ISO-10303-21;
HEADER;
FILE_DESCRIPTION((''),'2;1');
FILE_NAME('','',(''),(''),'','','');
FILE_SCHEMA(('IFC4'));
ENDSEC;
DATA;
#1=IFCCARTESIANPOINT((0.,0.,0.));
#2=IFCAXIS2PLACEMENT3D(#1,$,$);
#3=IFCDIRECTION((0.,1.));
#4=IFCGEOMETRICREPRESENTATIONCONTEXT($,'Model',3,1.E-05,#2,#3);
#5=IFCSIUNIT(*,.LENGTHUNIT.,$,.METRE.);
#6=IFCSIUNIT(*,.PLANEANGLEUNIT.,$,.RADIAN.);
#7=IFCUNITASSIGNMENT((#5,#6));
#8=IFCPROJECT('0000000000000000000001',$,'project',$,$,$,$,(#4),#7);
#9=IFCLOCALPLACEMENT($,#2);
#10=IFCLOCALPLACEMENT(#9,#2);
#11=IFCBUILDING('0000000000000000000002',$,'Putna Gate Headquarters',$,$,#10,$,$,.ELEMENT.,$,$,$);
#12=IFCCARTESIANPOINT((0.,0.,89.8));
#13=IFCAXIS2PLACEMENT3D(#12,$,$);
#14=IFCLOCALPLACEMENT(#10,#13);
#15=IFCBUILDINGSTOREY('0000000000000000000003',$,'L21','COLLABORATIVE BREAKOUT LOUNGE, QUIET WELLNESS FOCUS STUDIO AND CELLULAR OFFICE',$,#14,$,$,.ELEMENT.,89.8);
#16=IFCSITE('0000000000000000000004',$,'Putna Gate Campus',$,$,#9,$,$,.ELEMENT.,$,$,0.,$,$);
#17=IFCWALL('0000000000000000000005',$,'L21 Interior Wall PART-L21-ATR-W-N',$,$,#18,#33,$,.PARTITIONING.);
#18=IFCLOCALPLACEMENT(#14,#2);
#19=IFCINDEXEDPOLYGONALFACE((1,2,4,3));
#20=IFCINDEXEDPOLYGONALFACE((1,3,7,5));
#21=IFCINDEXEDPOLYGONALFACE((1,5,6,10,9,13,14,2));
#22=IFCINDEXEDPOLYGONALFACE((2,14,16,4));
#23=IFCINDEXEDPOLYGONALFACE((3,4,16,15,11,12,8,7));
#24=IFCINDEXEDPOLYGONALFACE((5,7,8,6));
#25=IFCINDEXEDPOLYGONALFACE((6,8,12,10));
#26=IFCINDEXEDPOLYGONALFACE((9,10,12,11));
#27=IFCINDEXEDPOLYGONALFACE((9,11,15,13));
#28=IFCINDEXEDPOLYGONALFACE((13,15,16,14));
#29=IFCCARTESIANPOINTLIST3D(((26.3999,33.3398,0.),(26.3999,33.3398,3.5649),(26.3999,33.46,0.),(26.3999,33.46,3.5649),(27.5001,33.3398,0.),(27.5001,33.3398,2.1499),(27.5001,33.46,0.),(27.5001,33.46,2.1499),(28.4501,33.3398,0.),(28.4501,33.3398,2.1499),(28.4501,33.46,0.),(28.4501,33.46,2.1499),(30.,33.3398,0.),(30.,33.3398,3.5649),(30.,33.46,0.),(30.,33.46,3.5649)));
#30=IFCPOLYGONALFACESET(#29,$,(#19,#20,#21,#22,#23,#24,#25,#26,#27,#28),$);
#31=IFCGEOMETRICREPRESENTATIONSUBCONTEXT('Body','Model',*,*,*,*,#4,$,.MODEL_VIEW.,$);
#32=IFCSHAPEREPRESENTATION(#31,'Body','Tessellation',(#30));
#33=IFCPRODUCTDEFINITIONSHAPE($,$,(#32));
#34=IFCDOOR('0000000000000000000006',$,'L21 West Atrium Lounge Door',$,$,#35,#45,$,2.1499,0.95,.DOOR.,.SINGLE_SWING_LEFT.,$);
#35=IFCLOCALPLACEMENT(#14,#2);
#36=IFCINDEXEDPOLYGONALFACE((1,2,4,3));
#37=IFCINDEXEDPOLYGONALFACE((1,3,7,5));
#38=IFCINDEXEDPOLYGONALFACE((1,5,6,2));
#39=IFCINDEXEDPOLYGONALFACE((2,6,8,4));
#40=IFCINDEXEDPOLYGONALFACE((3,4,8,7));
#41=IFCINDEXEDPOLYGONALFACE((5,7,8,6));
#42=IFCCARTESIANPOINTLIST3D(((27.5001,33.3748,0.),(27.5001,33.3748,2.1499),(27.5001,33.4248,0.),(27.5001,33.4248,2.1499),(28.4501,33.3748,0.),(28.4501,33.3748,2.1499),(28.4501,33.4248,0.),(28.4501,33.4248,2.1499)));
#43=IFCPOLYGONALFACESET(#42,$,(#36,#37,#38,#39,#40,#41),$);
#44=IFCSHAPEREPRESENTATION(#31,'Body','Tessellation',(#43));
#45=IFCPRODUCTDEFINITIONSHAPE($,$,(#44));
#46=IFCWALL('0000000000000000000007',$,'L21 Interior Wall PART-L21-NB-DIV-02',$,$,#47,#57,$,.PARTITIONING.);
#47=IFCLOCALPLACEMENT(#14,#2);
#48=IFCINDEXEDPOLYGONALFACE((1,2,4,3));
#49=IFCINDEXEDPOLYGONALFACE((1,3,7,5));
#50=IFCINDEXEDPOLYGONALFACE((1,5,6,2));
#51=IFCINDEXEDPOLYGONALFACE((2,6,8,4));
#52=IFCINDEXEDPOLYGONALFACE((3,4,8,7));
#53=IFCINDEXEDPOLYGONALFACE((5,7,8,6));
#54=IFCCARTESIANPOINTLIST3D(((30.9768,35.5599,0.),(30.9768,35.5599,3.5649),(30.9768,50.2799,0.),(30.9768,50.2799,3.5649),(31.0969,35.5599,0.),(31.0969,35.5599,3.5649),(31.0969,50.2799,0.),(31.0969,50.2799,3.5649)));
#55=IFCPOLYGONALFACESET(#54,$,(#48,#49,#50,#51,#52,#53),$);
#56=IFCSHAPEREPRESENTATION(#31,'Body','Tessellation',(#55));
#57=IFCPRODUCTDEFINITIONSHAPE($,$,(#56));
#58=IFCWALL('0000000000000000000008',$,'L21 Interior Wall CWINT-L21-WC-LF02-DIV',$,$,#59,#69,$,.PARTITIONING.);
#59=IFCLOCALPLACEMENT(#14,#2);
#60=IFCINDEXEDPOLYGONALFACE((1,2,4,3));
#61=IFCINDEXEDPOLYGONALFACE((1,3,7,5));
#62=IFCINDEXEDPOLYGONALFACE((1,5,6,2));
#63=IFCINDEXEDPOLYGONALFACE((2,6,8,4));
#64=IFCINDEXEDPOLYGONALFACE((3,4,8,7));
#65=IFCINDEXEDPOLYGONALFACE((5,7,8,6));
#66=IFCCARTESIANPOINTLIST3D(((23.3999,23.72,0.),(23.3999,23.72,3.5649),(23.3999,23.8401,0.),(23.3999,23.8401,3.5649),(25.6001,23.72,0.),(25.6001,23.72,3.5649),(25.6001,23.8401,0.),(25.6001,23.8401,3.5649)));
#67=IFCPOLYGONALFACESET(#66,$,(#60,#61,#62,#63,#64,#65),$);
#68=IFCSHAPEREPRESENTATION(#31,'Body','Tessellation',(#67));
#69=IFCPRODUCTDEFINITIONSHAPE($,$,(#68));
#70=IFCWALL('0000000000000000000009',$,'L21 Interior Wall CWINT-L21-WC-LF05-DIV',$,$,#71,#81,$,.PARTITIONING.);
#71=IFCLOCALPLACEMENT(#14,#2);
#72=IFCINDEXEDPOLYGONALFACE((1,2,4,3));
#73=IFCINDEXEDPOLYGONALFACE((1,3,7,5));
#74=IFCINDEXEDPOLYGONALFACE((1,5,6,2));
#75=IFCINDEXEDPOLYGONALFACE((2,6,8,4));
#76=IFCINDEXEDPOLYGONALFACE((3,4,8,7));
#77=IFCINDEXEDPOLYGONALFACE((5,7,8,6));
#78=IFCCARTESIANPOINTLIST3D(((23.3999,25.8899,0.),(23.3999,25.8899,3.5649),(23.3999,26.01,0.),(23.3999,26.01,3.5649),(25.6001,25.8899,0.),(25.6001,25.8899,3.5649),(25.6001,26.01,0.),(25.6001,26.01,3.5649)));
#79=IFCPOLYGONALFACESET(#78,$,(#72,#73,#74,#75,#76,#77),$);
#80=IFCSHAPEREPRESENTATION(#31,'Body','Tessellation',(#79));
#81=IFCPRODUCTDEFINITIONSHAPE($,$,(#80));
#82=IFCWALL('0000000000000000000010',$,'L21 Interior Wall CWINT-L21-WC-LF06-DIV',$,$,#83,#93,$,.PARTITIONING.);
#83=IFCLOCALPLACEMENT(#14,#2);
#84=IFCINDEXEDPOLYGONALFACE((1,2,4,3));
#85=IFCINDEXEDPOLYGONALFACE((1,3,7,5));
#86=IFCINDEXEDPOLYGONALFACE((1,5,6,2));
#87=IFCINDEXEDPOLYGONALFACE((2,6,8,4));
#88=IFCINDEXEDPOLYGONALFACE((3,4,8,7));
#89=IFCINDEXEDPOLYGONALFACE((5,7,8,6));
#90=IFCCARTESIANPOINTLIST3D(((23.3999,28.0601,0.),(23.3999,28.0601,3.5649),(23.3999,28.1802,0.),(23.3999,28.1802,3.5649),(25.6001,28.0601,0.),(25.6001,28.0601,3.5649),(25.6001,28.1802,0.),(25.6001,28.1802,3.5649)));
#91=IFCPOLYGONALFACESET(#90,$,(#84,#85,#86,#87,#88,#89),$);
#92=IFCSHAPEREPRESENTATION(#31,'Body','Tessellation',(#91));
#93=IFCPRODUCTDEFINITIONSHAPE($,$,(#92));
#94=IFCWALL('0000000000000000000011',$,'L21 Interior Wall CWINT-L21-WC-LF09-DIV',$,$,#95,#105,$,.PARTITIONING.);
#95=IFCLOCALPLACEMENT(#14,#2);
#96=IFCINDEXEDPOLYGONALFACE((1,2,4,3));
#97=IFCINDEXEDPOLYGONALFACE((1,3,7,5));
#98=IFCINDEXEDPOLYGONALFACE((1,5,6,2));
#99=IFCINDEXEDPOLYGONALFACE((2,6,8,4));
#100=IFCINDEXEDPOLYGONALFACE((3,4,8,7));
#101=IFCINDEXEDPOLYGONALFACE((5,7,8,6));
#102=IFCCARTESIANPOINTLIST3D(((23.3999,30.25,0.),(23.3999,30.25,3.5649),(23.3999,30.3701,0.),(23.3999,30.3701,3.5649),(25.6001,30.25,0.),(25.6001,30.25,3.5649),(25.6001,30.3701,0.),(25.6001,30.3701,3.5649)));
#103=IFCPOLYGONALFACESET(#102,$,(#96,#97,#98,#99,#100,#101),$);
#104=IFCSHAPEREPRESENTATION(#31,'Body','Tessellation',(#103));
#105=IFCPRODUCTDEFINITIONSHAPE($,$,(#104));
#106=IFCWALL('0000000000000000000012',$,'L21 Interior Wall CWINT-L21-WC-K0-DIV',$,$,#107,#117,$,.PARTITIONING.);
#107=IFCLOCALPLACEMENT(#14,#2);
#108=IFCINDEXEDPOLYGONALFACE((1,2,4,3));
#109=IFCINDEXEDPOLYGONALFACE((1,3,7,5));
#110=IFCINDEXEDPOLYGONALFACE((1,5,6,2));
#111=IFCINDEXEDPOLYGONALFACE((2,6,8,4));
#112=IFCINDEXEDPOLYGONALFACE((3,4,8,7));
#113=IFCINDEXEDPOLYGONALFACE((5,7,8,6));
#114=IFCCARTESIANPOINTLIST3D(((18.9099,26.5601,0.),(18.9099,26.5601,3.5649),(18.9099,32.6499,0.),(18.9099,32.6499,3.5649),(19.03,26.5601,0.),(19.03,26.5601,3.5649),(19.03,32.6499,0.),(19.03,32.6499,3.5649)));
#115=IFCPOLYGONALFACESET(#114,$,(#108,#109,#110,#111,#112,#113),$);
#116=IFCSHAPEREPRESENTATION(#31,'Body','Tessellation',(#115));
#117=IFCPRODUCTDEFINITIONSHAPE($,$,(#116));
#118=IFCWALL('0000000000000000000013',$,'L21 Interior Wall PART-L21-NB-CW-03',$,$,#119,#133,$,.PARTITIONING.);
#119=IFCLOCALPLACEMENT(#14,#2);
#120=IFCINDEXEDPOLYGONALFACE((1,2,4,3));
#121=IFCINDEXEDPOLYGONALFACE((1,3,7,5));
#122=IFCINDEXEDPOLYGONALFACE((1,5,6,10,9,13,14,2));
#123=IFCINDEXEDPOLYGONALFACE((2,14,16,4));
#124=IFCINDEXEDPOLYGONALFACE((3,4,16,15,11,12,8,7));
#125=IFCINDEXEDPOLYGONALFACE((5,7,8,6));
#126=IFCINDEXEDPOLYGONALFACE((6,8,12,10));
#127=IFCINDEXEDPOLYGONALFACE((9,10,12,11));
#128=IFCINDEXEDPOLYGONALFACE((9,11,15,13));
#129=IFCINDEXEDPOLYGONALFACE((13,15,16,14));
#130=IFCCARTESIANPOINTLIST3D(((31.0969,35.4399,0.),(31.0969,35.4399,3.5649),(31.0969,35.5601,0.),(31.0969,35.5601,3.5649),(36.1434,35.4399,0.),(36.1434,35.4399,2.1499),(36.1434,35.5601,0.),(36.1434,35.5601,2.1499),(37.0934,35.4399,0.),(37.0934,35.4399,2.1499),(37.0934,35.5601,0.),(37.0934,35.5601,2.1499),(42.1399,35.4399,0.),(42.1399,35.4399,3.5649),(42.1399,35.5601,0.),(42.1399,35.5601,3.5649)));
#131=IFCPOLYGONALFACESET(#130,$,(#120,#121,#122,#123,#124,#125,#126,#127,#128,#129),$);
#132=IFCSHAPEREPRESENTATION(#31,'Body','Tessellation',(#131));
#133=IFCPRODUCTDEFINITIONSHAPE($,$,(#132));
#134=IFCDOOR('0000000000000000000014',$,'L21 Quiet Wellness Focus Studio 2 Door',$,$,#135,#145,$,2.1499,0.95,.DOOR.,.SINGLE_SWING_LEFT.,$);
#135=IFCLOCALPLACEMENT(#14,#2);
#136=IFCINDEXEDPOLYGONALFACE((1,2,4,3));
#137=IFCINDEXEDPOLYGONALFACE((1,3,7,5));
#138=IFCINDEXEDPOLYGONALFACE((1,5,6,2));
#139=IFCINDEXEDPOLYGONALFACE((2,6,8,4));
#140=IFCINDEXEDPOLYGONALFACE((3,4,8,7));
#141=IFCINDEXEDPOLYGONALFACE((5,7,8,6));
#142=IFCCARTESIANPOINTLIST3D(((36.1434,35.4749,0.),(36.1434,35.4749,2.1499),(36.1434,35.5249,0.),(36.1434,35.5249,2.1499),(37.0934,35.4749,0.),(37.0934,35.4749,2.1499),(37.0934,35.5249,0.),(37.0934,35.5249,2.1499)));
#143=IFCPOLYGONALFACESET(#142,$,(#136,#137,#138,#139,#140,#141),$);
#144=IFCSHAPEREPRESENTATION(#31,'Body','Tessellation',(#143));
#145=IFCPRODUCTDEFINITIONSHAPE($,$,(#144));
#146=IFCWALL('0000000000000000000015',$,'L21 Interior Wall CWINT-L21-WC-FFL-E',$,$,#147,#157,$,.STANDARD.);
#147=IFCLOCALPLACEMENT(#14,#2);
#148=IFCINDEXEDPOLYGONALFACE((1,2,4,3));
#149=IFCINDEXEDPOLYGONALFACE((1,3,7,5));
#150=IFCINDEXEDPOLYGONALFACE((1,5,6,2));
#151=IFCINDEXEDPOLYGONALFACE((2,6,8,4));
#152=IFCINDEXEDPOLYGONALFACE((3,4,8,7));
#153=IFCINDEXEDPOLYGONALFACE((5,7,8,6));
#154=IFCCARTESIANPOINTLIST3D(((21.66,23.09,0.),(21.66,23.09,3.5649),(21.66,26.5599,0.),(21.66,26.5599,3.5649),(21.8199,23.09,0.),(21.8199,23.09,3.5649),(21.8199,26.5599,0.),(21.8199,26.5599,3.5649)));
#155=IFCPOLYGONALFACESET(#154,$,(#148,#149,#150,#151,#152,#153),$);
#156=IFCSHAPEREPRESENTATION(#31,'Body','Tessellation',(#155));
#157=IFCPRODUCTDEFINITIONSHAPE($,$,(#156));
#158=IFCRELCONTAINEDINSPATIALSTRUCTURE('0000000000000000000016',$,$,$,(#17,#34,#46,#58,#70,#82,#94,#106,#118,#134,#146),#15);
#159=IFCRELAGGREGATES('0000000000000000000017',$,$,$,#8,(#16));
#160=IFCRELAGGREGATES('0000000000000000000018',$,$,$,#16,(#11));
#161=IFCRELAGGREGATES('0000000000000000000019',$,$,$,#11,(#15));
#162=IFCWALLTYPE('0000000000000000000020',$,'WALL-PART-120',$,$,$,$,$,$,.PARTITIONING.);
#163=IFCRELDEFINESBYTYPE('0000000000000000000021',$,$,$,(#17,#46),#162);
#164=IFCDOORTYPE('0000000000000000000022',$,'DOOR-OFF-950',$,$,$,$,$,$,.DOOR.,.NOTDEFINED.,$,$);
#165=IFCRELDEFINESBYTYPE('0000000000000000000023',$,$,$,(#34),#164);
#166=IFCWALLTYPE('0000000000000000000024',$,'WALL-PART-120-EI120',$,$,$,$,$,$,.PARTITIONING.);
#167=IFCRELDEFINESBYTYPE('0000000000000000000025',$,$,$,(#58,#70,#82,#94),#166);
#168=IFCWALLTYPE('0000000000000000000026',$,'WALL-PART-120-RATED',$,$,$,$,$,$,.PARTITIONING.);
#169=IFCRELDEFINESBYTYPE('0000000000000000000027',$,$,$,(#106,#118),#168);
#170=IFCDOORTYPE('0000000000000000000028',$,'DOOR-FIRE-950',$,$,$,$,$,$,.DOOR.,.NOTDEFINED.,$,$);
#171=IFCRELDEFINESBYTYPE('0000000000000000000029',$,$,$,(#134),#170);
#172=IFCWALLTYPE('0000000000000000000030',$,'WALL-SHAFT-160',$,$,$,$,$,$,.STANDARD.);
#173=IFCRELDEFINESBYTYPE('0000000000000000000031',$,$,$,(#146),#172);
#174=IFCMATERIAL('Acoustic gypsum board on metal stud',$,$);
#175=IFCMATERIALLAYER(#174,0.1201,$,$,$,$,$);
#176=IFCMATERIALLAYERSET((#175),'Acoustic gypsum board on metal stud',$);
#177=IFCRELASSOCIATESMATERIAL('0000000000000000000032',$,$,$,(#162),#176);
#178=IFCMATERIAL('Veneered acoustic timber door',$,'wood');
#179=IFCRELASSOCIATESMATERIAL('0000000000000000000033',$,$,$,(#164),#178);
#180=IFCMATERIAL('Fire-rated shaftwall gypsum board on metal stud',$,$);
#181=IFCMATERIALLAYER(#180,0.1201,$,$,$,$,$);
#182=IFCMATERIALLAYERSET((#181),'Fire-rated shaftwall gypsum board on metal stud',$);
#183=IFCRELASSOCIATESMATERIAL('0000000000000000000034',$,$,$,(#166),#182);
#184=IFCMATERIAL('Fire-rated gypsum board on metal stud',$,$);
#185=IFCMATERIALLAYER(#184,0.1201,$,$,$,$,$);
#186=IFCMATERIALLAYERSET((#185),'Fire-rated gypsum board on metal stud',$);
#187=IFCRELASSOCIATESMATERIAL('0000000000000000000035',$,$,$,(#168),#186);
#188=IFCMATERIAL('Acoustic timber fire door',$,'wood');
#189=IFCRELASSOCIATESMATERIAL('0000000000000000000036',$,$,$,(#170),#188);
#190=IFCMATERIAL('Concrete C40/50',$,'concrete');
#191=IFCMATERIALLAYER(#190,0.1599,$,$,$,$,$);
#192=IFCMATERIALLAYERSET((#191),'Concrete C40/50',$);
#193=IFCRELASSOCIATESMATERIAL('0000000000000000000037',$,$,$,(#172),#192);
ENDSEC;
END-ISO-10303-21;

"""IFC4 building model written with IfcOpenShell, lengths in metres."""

from ifc_helpers import new_model, si_unit, direction, frame, frame_2d, origin, place, context, subcontext, project, spatial, rectangle, extrude, material, layer, layer_set, type_object, element, fill, save


model = new_model("IFC4")

# Units and contexts
model_context = context("Model", 3, precision=1e-05, world=origin(), true_north=direction((0.0, 1.0)))
body_context = subcontext(model_context, "Body", "Model", "MODEL_VIEW")
ifc_project = project(units=[si_unit("LENGTHUNIT", "METRE"), si_unit("PLANEANGLEUNIT", "RADIAN")], contexts=[model_context])

# Site, building, storey
site_placement = place(None, origin())
site = spatial("IfcSite", under=ifc_project, at=site_placement, Name="Putna Gate Campus", CompositionType="ELEMENT", RefElevation=0.0)
building_placement = place(site_placement, origin())
building = spatial("IfcBuilding", under=site, at=building_placement, Name="Putna Gate Headquarters", CompositionType="ELEMENT")
storey_placement = place(building_placement, frame((0.0, 0.0, 89.8)))
storey = spatial("IfcBuildingStorey", under=building, at=storey_placement, Name="L21", Description="COLLABORATIVE BREAKOUT LOUNGE, QUIET WELLNESS FOCUS STUDIO AND CELLULAR OFFICE", CompositionType="ELEMENT", Elevation=89.8)

# Wall, opening, door
ifc_material_1 = material(Name="Acoustic gypsum board on metal stud")
ifc_layer_1 = layer(ifc_material_1, 0.1201)
ifc_layer_set_1 = layer_set([ifc_layer_1], Name="Acoustic gypsum board on metal stud")
wall_type_1 = type_object("IfcWallType", Name="WALL-PART-120", PredefinedType="PARTITIONING", material=ifc_layer_set_1)
wall_1_placement = place(storey_placement, frame((26.3999, 33.3999, 0.0), z_axis=(0.0, 0.0, 1.0), x_axis=(1.0, 0.0, 0.0)))
wall_1 = element("IfcWall", 1, at=wall_1_placement, inside=storey, type_object=wall_type_1, Name="L21 Interior Wall PART-L21-ATR-W-N", PredefinedType="PARTITIONING", context=body_context, shape_type="SweptSolid", body=[
    extrude(rectangle(XDim=3.6001, YDim=0.1201, at=frame_2d((1.8, 0.0))), origin(), (0.0, 0.0, 1.0), 3.5649),
])
opening_1_placement = place(wall_1_placement, frame((1.1001, 0.0, 0.0)))
opening_1 = element("IfcOpeningElement", 2, at=opening_1_placement, cuts=wall_1, PredefinedType="OPENING", context=body_context, shape_type="SweptSolid", body=[
    extrude(rectangle(XDim=0.95, YDim=2.1499, at=frame_2d((0.4751, 1.075))), frame((0.0, 0.0701, 0.0), z_axis=(0.0, -1.0, 0.0), x_axis=(1.0, 0.0, 0.0)), (0.0, 0.0, 1.0), 0.1401),
])
ifc_material_2 = material(Name="Veneered acoustic timber door", Category="wood")
door_type_1 = type_object("IfcDoorType", Name="DOOR-OFF-950", OperationType="NOTDEFINED", PredefinedType="DOOR", material=ifc_material_2)
door_1_placement = place(opening_1_placement, origin())
door_1 = element("IfcDoor", 3, at=door_1_placement, inside=storey, type_object=door_type_1, Name="L21 West Atrium Lounge Door", OperationType="SINGLE_SWING_LEFT", OverallHeight=2.1499, OverallWidth=0.95, PredefinedType="DOOR", context=body_context, shape_type="SweptSolid", body=[
    extrude(rectangle(XDim=0.95, YDim=2.1499, at=frame_2d((0.4751, 1.075))), frame((0.0, 0.0249, 0.0), z_axis=(0.0, -1.0, 0.0), x_axis=(1.0, 0.0, 0.0)), (0.0, 0.0, 1.0), 0.05),
])
fill(opening_1, door_1)

# Walls
wall_2_placement = place(storey_placement, frame((31.0369, 35.5601, 0.0), z_axis=(0.0, 0.0, 1.0), x_axis=(0.0, 1.0, 0.0)))
element("IfcWall", 4, at=wall_2_placement, inside=storey, type_object=wall_type_1, Name="L21 Interior Wall PART-L21-NB-DIV-02", PredefinedType="PARTITIONING", context=body_context, shape_type="SweptSolid", body=[
    extrude(rectangle(XDim=14.72, YDim=0.1201, at=frame_2d((7.3599, 0.0))), origin(), (0.0, 0.0, 1.0), 3.5649),
])
ifc_material_3 = material(Name="Fire-rated shaftwall gypsum board on metal stud")
ifc_layer_2 = layer(ifc_material_3, 0.1201)
ifc_layer_set_2 = layer_set([ifc_layer_2], Name="Fire-rated shaftwall gypsum board on metal stud")
wall_type_2 = type_object("IfcWallType", Name="WALL-PART-120-EI120", PredefinedType="PARTITIONING", material=ifc_layer_set_2)
for number, where, z_axis, x_axis, name in (
    (5, (23.3999, 23.78, 0.0), (0.0, 0.0, 1.0), (1.0, 0.0, 0.0), "L21 Interior Wall CWINT-L21-WC-LF02-DIV"),
    (6, (23.3999, 25.95, 0.0), (0.0, 0.0, 1.0), (1.0, 0.0, 0.0), "L21 Interior Wall CWINT-L21-WC-LF05-DIV"),
    (7, (23.3999, 28.1201, 0.0), (0.0, 0.0, 1.0), (1.0, 0.0, 0.0), "L21 Interior Wall CWINT-L21-WC-LF06-DIV"),
    (8, (23.3999, 30.3101, 0.0), (0.0, 0.0, 1.0), (1.0, 0.0, 0.0), "L21 Interior Wall CWINT-L21-WC-LF09-DIV"),
):
    element("IfcWall", number, at=place(storey_placement, frame(where, z_axis=z_axis, x_axis=x_axis)), inside=storey, type_object=wall_type_2, Name=name, PredefinedType="PARTITIONING", context=body_context, shape_type="SweptSolid", body=[
        extrude(rectangle(XDim=2.2002, YDim=0.1201, at=frame_2d((1.1001, 0.0))), origin(), (0.0, 0.0, 1.0), 3.5649),
    ])
ifc_material_4 = material(Name="Fire-rated gypsum board on metal stud")
ifc_layer_3 = layer(ifc_material_4, 0.1201)
ifc_layer_set_3 = layer_set([ifc_layer_3], Name="Fire-rated gypsum board on metal stud")
wall_type_3 = type_object("IfcWallType", Name="WALL-PART-120-RATED", PredefinedType="PARTITIONING", material=ifc_layer_set_3)
wall_3_placement = place(storey_placement, frame((18.97, 26.5601, 0.0), z_axis=(0.0, 0.0, 1.0), x_axis=(0.0, 1.0, 0.0)))
element("IfcWall", 9, at=wall_3_placement, inside=storey, type_object=wall_type_3, Name="L21 Interior Wall CWINT-L21-WC-K0-DIV", PredefinedType="PARTITIONING", context=body_context, shape_type="SweptSolid", body=[
    extrude(rectangle(XDim=6.0898, YDim=0.1201, at=frame_2d((3.0449, 0.0))), origin(), (0.0, 0.0, 1.0), 3.5649),
])

# Wall, opening, door
wall_4_placement = place(storey_placement, frame((31.0969, 35.5, 0.0), z_axis=(0.0, 0.0, 1.0), x_axis=(1.0, 0.0, 0.0)))
wall_4 = element("IfcWall", 10, at=wall_4_placement, inside=storey, type_object=wall_type_3, Name="L21 Interior Wall PART-L21-NB-CW-03", PredefinedType="PARTITIONING", context=body_context, shape_type="SweptSolid", body=[
    extrude(rectangle(XDim=11.043, YDim=0.1201, at=frame_2d((5.5215, 0.0))), origin(), (0.0, 0.0, 1.0), 3.5649),
])
opening_2_placement = place(wall_4_placement, frame((5.0464, 0.0, 0.0)))
opening_2 = element("IfcOpeningElement", 11, at=opening_2_placement, cuts=wall_4, PredefinedType="OPENING", context=body_context, shape_type="SweptSolid", body=[
    extrude(rectangle(XDim=0.95, YDim=2.1499, at=frame_2d((0.4751, 1.075))), frame((0.0, 0.0701, 0.0), z_axis=(0.0, -1.0, 0.0), x_axis=(1.0, 0.0, 0.0)), (0.0, 0.0, 1.0), 0.1401),
])
ifc_material_5 = material(Name="Acoustic timber fire door", Category="wood")
door_type_2 = type_object("IfcDoorType", Name="DOOR-FIRE-950", OperationType="NOTDEFINED", PredefinedType="DOOR", material=ifc_material_5)
door_2_placement = place(opening_2_placement, origin())
door_2 = element("IfcDoor", 12, at=door_2_placement, inside=storey, type_object=door_type_2, Name="L21 Quiet Wellness Focus Studio 2 Door", OperationType="SINGLE_SWING_LEFT", OverallHeight=2.1499, OverallWidth=0.95, PredefinedType="DOOR", context=body_context, shape_type="SweptSolid", body=[
    extrude(rectangle(XDim=0.95, YDim=2.1499, at=frame_2d((0.4751, 1.075))), frame((0.0, 0.0249, 0.0), z_axis=(0.0, -1.0, 0.0), x_axis=(1.0, 0.0, 0.0)), (0.0, 0.0, 1.0), 0.05),
])
fill(opening_2, door_2)

# Wall
ifc_material_6 = material(Name="Concrete C40/50", Category="concrete")
ifc_layer_4 = layer(ifc_material_6, 0.1599)
ifc_layer_set_4 = layer_set([ifc_layer_4], Name="Concrete C40/50")
wall_type_4 = type_object("IfcWallType", Name="WALL-SHAFT-160", PredefinedType="STANDARD", material=ifc_layer_set_4)
wall_5_placement = place(storey_placement, frame((21.74, 23.0901, 0.0), z_axis=(0.0, 0.0, 1.0), x_axis=(0.0, 1.0, 0.0)))
element("IfcWall", 13, at=wall_5_placement, inside=storey, type_object=wall_type_4, Name="L21 Interior Wall CWINT-L21-WC-FFL-E", PredefinedType="STANDARD", context=body_context, shape_type="SweptSolid", body=[
    extrude(rectangle(XDim=3.47, YDim=0.1599, at=frame_2d((1.7349, 0.0))), origin(), (0.0, 0.0, 1.0), 3.5649),
])

save(model, "model.ifc")
